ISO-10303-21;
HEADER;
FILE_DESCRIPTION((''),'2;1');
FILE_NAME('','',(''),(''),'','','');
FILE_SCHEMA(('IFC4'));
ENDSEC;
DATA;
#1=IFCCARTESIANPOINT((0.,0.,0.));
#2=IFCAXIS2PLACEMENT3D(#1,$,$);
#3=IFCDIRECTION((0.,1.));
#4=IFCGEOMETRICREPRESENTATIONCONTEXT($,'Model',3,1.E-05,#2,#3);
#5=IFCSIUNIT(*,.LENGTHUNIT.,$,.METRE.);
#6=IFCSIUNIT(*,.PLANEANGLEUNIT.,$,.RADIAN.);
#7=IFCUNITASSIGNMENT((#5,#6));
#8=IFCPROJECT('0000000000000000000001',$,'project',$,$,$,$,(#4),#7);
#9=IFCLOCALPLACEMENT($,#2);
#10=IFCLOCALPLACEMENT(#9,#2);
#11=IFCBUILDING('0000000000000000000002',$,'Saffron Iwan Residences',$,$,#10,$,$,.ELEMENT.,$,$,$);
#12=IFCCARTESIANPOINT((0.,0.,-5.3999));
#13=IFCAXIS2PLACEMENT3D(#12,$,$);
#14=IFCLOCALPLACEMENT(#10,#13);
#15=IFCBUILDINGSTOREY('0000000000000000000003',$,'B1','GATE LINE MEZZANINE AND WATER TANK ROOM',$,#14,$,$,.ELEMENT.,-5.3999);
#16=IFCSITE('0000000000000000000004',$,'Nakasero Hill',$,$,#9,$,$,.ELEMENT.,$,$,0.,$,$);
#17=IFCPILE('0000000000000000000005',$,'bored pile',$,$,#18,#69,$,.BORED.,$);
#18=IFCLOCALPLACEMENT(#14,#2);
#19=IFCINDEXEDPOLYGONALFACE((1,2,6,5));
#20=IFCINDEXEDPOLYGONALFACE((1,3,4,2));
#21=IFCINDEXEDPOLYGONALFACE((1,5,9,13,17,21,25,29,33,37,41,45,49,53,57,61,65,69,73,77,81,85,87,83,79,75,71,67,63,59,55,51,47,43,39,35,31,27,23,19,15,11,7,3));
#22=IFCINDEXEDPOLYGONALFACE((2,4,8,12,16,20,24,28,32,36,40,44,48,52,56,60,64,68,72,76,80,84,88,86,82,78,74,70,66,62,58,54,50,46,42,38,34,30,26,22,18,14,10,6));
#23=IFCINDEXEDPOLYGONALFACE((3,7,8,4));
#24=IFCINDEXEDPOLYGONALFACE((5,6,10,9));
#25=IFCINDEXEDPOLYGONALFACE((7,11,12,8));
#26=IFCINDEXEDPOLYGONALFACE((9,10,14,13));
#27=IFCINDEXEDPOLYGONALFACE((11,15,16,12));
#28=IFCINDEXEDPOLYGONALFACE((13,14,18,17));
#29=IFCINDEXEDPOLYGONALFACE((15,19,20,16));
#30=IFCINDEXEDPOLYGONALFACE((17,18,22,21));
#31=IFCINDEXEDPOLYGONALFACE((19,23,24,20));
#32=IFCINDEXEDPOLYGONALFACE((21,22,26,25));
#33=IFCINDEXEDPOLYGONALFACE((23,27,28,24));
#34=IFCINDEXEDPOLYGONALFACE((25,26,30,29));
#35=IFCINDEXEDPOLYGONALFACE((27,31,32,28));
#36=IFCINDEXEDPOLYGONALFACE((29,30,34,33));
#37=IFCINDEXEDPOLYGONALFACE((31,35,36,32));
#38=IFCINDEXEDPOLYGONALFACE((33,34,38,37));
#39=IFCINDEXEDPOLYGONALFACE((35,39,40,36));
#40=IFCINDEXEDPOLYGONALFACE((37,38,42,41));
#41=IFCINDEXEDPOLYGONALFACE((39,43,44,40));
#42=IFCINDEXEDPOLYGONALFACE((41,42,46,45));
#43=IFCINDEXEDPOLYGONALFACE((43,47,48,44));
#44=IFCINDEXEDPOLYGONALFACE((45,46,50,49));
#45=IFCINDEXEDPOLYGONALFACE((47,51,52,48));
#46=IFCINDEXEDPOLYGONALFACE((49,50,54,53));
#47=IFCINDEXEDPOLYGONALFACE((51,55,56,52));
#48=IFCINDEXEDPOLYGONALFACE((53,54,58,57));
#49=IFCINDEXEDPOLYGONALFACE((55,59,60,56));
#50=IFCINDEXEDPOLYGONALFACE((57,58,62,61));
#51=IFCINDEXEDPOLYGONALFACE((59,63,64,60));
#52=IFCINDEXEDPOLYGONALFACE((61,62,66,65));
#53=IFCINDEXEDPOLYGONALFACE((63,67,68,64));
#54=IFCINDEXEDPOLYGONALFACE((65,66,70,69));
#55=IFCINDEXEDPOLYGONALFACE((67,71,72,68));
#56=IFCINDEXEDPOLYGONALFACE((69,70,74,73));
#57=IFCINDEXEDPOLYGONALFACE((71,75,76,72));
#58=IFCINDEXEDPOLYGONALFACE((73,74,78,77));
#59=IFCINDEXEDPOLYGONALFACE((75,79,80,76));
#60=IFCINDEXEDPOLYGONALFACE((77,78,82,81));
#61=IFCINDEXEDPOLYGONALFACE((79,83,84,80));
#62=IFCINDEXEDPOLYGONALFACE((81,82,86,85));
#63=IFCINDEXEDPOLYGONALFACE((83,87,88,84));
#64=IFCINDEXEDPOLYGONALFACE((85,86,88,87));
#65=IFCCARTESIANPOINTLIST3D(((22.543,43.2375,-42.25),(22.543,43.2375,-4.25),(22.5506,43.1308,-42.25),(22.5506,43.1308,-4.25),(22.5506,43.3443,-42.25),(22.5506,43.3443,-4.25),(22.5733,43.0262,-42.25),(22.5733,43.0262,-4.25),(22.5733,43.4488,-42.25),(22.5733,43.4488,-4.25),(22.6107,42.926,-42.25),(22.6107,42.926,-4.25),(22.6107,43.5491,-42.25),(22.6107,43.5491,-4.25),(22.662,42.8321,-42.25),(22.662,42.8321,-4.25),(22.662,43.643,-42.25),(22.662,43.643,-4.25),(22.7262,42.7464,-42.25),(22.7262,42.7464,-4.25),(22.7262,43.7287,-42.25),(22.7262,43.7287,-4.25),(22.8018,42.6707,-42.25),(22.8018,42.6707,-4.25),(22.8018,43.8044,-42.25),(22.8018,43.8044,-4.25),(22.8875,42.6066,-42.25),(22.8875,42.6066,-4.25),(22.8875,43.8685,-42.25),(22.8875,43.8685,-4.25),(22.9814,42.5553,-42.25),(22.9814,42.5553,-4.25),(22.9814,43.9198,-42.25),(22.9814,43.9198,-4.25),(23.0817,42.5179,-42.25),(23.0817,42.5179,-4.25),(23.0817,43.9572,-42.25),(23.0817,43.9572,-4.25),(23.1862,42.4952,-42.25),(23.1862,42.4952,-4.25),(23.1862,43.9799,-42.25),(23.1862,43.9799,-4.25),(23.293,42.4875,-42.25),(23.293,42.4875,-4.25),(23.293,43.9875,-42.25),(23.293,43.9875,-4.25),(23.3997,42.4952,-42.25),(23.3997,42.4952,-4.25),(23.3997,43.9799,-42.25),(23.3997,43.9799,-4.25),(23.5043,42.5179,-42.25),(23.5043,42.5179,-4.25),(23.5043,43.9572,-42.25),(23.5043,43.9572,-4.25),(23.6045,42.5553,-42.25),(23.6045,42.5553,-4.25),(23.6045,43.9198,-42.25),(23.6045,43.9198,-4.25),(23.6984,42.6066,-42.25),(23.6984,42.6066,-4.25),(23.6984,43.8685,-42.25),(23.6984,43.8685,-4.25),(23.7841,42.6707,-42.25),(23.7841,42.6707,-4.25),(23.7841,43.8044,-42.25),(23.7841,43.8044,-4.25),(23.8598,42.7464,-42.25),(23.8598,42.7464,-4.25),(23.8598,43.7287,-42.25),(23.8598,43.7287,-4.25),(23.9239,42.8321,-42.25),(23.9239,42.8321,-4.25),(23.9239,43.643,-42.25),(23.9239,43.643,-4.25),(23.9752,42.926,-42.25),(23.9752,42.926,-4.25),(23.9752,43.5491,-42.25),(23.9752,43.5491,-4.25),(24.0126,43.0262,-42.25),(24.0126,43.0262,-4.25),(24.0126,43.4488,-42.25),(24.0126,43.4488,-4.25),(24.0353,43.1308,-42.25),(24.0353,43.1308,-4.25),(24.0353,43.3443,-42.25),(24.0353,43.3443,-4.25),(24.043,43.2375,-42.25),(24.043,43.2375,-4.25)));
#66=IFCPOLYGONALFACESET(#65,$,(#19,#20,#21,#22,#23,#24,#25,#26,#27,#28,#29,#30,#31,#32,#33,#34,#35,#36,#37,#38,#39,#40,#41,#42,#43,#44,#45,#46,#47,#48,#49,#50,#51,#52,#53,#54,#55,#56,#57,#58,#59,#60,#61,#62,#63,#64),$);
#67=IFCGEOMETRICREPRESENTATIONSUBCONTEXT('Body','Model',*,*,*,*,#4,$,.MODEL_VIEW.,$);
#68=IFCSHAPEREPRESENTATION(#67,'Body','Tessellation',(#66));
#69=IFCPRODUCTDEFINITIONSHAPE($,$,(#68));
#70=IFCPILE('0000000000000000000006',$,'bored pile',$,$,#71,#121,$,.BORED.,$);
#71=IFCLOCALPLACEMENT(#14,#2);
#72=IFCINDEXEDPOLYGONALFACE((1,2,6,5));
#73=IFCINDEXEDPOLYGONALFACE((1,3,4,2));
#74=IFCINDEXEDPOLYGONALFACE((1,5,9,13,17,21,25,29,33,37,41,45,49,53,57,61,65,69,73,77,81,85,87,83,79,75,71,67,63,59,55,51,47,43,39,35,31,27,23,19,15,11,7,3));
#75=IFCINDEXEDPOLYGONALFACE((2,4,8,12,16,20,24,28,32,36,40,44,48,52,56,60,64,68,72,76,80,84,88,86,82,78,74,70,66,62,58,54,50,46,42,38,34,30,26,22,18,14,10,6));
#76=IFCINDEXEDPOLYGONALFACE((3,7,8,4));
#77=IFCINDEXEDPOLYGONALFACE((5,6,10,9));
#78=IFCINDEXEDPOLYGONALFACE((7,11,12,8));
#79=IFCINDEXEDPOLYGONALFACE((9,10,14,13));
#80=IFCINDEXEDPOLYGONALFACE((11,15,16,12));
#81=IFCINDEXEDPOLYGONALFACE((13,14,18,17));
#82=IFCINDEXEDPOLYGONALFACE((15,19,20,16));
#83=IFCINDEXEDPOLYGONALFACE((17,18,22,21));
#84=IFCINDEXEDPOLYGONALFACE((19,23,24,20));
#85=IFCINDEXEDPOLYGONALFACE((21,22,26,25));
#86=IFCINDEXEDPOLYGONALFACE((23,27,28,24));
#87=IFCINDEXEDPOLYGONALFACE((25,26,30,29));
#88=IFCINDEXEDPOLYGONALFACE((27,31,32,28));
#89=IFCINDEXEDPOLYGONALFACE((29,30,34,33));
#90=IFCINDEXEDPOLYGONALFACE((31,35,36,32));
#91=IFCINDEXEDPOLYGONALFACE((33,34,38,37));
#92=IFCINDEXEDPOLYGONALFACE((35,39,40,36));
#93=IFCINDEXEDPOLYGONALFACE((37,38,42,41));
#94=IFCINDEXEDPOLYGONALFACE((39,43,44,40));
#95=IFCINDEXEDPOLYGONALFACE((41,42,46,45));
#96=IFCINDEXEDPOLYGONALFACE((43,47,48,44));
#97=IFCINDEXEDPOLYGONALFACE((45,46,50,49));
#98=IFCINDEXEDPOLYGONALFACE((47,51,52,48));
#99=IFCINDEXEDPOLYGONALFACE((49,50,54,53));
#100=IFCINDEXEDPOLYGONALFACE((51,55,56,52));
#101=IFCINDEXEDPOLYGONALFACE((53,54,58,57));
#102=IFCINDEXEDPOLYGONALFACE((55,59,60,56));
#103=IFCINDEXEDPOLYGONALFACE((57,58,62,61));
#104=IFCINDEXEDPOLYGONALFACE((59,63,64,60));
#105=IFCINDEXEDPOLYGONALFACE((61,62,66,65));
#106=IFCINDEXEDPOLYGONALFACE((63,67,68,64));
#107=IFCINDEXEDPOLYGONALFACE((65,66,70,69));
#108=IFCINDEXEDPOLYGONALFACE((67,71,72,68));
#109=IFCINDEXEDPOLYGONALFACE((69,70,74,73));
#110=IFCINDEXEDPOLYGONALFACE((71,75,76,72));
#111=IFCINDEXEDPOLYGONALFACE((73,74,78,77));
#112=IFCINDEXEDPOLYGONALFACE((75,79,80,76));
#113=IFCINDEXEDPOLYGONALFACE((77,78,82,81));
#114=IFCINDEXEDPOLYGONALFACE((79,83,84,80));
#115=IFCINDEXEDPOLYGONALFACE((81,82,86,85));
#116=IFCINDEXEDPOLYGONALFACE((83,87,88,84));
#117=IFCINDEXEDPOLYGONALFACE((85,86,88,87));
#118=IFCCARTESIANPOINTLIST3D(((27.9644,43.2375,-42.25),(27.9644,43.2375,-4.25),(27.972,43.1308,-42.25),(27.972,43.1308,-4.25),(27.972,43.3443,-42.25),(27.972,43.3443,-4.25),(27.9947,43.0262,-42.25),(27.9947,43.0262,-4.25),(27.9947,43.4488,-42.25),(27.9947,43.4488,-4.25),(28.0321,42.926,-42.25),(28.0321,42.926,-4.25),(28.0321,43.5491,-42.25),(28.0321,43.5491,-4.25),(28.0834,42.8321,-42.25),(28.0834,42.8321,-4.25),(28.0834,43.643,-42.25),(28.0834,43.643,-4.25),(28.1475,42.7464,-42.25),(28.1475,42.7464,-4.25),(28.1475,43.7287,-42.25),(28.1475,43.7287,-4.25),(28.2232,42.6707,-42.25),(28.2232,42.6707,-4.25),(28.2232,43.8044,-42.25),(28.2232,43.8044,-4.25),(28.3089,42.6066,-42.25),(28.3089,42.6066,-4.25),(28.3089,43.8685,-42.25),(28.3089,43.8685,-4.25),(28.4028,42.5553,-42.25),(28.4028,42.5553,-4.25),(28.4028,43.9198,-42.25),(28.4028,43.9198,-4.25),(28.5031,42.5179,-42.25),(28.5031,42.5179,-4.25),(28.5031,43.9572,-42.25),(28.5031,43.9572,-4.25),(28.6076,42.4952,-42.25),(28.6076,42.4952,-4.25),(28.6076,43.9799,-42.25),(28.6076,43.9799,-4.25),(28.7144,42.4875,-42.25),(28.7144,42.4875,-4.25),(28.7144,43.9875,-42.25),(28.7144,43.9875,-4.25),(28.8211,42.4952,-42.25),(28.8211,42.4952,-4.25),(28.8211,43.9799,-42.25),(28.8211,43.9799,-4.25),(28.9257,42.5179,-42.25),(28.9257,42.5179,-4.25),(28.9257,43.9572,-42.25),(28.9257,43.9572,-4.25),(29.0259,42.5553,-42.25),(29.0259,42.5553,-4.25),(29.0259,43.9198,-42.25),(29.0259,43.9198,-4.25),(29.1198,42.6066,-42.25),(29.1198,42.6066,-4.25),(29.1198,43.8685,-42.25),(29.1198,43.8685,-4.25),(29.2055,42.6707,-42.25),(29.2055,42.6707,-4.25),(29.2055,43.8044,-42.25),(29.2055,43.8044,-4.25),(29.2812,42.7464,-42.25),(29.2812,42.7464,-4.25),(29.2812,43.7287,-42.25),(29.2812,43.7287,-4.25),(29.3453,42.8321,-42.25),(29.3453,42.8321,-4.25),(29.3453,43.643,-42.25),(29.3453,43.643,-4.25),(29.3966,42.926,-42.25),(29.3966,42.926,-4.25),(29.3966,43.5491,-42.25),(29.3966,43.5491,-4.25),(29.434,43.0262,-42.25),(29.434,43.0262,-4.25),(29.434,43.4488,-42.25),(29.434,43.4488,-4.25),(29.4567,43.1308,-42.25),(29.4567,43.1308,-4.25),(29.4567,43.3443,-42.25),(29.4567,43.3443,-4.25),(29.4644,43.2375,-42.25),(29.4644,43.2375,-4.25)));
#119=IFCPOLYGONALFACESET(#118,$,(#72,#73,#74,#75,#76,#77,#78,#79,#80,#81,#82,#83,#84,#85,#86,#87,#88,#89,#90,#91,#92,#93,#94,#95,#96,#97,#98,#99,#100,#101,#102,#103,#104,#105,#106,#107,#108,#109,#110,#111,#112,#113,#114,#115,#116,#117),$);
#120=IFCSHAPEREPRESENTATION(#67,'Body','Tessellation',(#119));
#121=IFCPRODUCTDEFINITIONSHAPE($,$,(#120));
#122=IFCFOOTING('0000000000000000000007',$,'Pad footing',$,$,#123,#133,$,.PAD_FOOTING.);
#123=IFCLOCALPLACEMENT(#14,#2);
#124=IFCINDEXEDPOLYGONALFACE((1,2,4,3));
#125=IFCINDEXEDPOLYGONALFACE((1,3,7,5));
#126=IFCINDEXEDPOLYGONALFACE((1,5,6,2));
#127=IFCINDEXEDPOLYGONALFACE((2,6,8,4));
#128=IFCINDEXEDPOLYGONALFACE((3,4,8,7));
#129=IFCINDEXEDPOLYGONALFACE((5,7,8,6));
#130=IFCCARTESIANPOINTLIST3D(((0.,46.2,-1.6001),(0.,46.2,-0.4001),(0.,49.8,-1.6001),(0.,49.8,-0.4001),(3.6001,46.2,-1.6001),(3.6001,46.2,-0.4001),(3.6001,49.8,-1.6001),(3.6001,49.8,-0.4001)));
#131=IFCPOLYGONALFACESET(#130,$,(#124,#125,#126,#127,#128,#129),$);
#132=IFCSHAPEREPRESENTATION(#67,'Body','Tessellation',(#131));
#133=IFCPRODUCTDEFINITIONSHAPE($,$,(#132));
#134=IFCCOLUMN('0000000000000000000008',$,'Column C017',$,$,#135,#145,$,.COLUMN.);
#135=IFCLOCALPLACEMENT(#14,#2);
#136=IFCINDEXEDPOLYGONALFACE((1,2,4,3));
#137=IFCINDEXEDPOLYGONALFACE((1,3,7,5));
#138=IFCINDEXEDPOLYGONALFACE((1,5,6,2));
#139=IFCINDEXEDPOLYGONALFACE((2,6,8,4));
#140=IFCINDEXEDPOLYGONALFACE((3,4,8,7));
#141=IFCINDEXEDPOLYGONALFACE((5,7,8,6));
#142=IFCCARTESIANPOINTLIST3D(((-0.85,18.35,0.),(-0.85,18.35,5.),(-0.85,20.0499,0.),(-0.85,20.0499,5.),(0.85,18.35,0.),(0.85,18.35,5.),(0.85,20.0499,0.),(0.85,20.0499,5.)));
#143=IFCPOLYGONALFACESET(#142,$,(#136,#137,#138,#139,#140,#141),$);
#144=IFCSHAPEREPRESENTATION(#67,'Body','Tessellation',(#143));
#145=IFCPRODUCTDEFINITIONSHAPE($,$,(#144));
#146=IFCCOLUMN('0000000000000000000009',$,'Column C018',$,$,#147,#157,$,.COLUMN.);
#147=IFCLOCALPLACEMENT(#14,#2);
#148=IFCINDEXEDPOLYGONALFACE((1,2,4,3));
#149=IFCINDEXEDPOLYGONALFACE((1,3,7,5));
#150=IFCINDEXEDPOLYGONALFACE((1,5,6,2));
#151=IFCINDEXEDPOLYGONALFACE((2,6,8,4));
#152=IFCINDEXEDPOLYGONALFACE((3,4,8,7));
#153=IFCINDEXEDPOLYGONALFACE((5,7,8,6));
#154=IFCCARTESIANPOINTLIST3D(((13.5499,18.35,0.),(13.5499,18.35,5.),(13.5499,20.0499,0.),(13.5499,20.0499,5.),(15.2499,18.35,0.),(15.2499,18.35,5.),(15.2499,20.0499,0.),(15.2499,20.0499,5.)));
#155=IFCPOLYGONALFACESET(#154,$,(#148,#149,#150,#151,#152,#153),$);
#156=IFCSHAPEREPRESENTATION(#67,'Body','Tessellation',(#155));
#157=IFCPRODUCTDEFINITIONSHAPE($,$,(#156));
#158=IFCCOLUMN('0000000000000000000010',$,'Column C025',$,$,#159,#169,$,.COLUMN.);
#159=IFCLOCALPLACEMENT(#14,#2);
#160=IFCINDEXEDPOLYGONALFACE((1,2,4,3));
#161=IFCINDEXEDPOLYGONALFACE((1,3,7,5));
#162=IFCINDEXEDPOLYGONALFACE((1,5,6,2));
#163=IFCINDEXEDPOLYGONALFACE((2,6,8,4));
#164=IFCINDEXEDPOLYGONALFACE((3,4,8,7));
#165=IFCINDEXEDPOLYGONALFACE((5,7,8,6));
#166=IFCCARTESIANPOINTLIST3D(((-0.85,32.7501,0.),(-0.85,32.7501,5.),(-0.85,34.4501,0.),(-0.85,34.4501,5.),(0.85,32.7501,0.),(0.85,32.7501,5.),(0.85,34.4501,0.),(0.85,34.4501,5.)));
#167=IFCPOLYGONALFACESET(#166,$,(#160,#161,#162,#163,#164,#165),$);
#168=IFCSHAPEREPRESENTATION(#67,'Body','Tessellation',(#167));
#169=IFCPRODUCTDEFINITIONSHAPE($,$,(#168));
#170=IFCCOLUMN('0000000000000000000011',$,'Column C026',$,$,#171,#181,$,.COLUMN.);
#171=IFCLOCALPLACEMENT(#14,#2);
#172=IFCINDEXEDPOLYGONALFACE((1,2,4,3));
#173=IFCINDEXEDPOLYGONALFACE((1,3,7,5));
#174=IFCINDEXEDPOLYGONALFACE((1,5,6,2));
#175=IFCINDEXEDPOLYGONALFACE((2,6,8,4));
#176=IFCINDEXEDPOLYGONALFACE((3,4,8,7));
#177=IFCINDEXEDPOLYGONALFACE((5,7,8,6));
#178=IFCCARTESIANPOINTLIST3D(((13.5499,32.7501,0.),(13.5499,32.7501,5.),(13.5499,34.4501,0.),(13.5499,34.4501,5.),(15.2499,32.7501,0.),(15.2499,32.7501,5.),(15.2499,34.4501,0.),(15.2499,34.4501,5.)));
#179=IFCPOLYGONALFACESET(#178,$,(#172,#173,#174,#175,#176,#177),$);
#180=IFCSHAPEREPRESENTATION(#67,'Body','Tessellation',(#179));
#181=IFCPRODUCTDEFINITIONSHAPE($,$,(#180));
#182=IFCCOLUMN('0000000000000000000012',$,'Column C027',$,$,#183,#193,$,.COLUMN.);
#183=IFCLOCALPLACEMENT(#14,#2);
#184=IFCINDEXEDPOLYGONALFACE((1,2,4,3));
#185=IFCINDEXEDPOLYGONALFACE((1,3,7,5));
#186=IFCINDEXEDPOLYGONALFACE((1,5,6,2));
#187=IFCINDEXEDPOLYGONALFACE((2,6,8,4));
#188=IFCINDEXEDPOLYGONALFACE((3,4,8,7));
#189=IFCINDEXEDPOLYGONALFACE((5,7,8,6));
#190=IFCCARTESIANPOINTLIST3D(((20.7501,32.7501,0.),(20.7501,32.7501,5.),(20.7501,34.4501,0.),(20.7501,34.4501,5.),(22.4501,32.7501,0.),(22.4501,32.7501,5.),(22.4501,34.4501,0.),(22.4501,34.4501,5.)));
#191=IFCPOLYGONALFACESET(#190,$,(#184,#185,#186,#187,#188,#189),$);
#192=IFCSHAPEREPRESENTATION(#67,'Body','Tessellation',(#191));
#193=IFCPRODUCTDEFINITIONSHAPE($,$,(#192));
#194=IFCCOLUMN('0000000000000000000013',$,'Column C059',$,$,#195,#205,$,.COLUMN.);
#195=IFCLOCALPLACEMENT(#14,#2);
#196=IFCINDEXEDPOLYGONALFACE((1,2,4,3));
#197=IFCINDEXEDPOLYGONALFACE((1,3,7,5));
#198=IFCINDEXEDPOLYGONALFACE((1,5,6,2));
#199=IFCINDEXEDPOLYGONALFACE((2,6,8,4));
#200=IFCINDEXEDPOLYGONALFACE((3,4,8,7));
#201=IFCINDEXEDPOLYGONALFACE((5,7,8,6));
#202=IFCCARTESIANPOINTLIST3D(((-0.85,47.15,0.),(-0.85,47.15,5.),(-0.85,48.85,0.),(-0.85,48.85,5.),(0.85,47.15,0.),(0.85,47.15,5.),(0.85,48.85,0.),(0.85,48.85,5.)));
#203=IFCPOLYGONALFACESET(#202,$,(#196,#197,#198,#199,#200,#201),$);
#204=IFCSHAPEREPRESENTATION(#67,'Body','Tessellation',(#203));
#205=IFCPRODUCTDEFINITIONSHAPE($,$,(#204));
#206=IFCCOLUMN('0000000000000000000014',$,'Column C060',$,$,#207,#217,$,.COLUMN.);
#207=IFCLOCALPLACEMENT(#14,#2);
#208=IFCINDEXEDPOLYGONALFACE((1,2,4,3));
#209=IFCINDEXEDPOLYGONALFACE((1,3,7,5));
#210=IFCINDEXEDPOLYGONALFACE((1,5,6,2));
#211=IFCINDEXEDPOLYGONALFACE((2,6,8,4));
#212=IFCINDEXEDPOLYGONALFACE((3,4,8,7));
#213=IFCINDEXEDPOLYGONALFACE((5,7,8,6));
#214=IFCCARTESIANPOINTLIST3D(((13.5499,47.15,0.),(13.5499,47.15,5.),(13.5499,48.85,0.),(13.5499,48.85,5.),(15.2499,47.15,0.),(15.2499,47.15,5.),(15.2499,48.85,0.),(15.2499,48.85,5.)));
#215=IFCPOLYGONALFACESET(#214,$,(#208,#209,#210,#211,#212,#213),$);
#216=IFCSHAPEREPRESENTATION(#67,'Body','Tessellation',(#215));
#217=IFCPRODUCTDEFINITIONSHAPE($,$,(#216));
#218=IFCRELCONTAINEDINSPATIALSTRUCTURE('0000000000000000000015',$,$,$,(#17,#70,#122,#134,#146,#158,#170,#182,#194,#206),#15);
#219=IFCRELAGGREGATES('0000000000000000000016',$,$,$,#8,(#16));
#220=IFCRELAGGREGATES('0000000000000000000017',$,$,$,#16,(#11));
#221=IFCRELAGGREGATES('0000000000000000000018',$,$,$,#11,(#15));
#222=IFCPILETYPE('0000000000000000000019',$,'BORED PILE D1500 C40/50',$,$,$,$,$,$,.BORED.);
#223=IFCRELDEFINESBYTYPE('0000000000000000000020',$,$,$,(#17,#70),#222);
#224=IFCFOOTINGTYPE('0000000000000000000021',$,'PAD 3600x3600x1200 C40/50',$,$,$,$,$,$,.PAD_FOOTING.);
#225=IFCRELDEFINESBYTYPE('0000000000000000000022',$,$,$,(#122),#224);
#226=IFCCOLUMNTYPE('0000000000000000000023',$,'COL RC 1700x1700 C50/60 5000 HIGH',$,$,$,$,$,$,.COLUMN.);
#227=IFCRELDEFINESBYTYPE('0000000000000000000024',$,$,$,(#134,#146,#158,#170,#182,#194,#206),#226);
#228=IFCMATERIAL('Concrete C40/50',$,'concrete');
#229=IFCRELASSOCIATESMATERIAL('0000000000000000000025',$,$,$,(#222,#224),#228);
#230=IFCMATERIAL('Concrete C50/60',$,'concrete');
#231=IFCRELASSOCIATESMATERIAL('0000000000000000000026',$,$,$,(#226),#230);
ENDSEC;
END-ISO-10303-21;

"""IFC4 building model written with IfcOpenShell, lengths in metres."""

from ifc_helpers import new_model, si_unit, direction, frame, origin, origin_2d, place, context, subcontext, project, spatial, rectangle, circle, extrude, source, transform, mapped, material, material_profile, profile_set, type_object, element, save


model = new_model("IFC4")

# Units and contexts
model_context = context("Model", 3, precision=1e-05, world=origin(), true_north=direction((0.0, 1.0)))
body_context = subcontext(model_context, "Body", "Model", "MODEL_VIEW")
ifc_project = project(units=[si_unit("LENGTHUNIT", "METRE"), si_unit("PLANEANGLEUNIT", "RADIAN")], contexts=[model_context])

# Site, building, storey
site_placement = place(None, origin())
site = spatial("IfcSite", under=ifc_project, at=site_placement, Name="Nakasero Hill", CompositionType="ELEMENT", RefElevation=0.0)
building_placement = place(site_placement, origin())
building = spatial("IfcBuilding", under=site, at=building_placement, Name="Saffron Iwan Residences", CompositionType="ELEMENT")
storey_placement = place(building_placement, frame((0.0, 0.0, -5.3999)))
storey = spatial("IfcBuildingStorey", under=building, at=storey_placement, Name="B1", Description="GATE LINE MEZZANINE AND WATER TANK ROOM", CompositionType="ELEMENT", Elevation=-5.3999)

# Piles
ifc_material_1 = material(Name="Concrete C40/50", Category="concrete")
ifc_material_profile_1 = material_profile(ifc_material_1, circle(Radius=0.75, at=origin_2d()), Name="RC D1500")
ifc_profile_set_1 = profile_set([ifc_material_profile_1], Name="Concrete C40/50")
pile_type = type_object("IfcPileType", Name="BORED PILE D1500 C40/50", PredefinedType="BORED", material=ifc_profile_set_1)
for number, where, z_axis, x_axis, name in (
    (1, (23.293, 43.2375, -4.25), (0.0, 0.0, -1.0), (1.0, 0.0, 0.0), "bored pile"),
    (2, (28.7144, 43.2375, -4.25), (0.0, 0.0, -1.0), (1.0, 0.0, 0.0), "bored pile"),
):
    element("IfcPile", number, at=place(storey_placement, frame(where, z_axis=z_axis, x_axis=x_axis)), inside=storey, type_object=pile_type, Name=name, PredefinedType="BORED", context=body_context, shape_type="SweptSolid", body=[
        extrude(circle(Radius=0.75, at=origin_2d()), origin(), (0.0, 0.0, 1.0), 38.0),
    ])

# Footing
footing_type = type_object("IfcFootingType", Name="PAD 3600x3600x1200 C40/50", PredefinedType="PAD_FOOTING", material=ifc_material_1)
shared_shape_1 = source(origin(), body_context, "Body", "SweptSolid", [
    extrude(rectangle(XDim=3.6001, YDim=3.6001, at=origin_2d()), origin(), (0.0, 0.0, 1.0), 1.2),
])
footing_placement = place(storey_placement, frame((1.8, 48.0, -1.6001), z_axis=(0.0, 0.0, 1.0), x_axis=(1.0, 0.0, 0.0)))
element("IfcFooting", 3, at=footing_placement, inside=storey, type_object=footing_type, Name="Pad footing", PredefinedType="PAD_FOOTING", context=body_context, shape_type="MappedRepresentation", body=[
    mapped(shared_shape_1, transform((0.0, 0.0, 0.0))),
])

# Columns
ifc_material_2 = material(Name="Concrete C50/60", Category="concrete")
ifc_material_profile_2 = material_profile(ifc_material_2, rectangle(XDim=1.7, YDim=1.7, at=origin_2d()), Name="RC 1700x1700")
ifc_profile_set_2 = profile_set([ifc_material_profile_2], Name="Concrete C50/60")
column_type = type_object("IfcColumnType", Name="COL RC 1700x1700 C50/60 5000 HIGH", PredefinedType="COLUMN", material=ifc_profile_set_2)
shared_shape_2 = source(origin(), body_context, "Body", "SweptSolid", [
    extrude(rectangle(XDim=1.7, YDim=1.7, at=origin_2d()), origin(), (0.0, 0.0, 1.0), 5.0),
])
for number, where, z_axis, x_axis, name in (
    (4, (0.0, 19.2, 0.0), (0.0, 0.0, 1.0), (1.0, 0.0, 0.0), "Column C017"),
    (5, (14.3999, 19.2, 0.0), (0.0, 0.0, 1.0), (1.0, 0.0, 0.0), "Column C018"),
    (6, (0.0, 33.6001, 0.0), (0.0, 0.0, 1.0), (1.0, 0.0, 0.0), "Column C025"),
    (7, (14.3999, 33.6001, 0.0), (0.0, 0.0, 1.0), (1.0, 0.0, 0.0), "Column C026"),
    (8, (21.6001, 33.6001, 0.0), (0.0, 0.0, 1.0), (1.0, 0.0, 0.0), "Column C027"),
    (9, (0.0, 48.0, 0.0), (0.0, 0.0, 1.0), (1.0, 0.0, 0.0), "Column C059"),
    (10, (14.3999, 48.0, 0.0), (0.0, 0.0, 1.0), (1.0, 0.0, 0.0), "Column C060"),
):
    element("IfcColumn", number, at=place(storey_placement, frame(where, z_axis=z_axis, x_axis=x_axis)), inside=storey, type_object=column_type, Name=name, PredefinedType="COLUMN", context=body_context, shape_type="MappedRepresentation", body=[
        mapped(shared_shape_2, transform((0.0, 0.0, 0.0))),
    ])

save(model, "model.ifc")
